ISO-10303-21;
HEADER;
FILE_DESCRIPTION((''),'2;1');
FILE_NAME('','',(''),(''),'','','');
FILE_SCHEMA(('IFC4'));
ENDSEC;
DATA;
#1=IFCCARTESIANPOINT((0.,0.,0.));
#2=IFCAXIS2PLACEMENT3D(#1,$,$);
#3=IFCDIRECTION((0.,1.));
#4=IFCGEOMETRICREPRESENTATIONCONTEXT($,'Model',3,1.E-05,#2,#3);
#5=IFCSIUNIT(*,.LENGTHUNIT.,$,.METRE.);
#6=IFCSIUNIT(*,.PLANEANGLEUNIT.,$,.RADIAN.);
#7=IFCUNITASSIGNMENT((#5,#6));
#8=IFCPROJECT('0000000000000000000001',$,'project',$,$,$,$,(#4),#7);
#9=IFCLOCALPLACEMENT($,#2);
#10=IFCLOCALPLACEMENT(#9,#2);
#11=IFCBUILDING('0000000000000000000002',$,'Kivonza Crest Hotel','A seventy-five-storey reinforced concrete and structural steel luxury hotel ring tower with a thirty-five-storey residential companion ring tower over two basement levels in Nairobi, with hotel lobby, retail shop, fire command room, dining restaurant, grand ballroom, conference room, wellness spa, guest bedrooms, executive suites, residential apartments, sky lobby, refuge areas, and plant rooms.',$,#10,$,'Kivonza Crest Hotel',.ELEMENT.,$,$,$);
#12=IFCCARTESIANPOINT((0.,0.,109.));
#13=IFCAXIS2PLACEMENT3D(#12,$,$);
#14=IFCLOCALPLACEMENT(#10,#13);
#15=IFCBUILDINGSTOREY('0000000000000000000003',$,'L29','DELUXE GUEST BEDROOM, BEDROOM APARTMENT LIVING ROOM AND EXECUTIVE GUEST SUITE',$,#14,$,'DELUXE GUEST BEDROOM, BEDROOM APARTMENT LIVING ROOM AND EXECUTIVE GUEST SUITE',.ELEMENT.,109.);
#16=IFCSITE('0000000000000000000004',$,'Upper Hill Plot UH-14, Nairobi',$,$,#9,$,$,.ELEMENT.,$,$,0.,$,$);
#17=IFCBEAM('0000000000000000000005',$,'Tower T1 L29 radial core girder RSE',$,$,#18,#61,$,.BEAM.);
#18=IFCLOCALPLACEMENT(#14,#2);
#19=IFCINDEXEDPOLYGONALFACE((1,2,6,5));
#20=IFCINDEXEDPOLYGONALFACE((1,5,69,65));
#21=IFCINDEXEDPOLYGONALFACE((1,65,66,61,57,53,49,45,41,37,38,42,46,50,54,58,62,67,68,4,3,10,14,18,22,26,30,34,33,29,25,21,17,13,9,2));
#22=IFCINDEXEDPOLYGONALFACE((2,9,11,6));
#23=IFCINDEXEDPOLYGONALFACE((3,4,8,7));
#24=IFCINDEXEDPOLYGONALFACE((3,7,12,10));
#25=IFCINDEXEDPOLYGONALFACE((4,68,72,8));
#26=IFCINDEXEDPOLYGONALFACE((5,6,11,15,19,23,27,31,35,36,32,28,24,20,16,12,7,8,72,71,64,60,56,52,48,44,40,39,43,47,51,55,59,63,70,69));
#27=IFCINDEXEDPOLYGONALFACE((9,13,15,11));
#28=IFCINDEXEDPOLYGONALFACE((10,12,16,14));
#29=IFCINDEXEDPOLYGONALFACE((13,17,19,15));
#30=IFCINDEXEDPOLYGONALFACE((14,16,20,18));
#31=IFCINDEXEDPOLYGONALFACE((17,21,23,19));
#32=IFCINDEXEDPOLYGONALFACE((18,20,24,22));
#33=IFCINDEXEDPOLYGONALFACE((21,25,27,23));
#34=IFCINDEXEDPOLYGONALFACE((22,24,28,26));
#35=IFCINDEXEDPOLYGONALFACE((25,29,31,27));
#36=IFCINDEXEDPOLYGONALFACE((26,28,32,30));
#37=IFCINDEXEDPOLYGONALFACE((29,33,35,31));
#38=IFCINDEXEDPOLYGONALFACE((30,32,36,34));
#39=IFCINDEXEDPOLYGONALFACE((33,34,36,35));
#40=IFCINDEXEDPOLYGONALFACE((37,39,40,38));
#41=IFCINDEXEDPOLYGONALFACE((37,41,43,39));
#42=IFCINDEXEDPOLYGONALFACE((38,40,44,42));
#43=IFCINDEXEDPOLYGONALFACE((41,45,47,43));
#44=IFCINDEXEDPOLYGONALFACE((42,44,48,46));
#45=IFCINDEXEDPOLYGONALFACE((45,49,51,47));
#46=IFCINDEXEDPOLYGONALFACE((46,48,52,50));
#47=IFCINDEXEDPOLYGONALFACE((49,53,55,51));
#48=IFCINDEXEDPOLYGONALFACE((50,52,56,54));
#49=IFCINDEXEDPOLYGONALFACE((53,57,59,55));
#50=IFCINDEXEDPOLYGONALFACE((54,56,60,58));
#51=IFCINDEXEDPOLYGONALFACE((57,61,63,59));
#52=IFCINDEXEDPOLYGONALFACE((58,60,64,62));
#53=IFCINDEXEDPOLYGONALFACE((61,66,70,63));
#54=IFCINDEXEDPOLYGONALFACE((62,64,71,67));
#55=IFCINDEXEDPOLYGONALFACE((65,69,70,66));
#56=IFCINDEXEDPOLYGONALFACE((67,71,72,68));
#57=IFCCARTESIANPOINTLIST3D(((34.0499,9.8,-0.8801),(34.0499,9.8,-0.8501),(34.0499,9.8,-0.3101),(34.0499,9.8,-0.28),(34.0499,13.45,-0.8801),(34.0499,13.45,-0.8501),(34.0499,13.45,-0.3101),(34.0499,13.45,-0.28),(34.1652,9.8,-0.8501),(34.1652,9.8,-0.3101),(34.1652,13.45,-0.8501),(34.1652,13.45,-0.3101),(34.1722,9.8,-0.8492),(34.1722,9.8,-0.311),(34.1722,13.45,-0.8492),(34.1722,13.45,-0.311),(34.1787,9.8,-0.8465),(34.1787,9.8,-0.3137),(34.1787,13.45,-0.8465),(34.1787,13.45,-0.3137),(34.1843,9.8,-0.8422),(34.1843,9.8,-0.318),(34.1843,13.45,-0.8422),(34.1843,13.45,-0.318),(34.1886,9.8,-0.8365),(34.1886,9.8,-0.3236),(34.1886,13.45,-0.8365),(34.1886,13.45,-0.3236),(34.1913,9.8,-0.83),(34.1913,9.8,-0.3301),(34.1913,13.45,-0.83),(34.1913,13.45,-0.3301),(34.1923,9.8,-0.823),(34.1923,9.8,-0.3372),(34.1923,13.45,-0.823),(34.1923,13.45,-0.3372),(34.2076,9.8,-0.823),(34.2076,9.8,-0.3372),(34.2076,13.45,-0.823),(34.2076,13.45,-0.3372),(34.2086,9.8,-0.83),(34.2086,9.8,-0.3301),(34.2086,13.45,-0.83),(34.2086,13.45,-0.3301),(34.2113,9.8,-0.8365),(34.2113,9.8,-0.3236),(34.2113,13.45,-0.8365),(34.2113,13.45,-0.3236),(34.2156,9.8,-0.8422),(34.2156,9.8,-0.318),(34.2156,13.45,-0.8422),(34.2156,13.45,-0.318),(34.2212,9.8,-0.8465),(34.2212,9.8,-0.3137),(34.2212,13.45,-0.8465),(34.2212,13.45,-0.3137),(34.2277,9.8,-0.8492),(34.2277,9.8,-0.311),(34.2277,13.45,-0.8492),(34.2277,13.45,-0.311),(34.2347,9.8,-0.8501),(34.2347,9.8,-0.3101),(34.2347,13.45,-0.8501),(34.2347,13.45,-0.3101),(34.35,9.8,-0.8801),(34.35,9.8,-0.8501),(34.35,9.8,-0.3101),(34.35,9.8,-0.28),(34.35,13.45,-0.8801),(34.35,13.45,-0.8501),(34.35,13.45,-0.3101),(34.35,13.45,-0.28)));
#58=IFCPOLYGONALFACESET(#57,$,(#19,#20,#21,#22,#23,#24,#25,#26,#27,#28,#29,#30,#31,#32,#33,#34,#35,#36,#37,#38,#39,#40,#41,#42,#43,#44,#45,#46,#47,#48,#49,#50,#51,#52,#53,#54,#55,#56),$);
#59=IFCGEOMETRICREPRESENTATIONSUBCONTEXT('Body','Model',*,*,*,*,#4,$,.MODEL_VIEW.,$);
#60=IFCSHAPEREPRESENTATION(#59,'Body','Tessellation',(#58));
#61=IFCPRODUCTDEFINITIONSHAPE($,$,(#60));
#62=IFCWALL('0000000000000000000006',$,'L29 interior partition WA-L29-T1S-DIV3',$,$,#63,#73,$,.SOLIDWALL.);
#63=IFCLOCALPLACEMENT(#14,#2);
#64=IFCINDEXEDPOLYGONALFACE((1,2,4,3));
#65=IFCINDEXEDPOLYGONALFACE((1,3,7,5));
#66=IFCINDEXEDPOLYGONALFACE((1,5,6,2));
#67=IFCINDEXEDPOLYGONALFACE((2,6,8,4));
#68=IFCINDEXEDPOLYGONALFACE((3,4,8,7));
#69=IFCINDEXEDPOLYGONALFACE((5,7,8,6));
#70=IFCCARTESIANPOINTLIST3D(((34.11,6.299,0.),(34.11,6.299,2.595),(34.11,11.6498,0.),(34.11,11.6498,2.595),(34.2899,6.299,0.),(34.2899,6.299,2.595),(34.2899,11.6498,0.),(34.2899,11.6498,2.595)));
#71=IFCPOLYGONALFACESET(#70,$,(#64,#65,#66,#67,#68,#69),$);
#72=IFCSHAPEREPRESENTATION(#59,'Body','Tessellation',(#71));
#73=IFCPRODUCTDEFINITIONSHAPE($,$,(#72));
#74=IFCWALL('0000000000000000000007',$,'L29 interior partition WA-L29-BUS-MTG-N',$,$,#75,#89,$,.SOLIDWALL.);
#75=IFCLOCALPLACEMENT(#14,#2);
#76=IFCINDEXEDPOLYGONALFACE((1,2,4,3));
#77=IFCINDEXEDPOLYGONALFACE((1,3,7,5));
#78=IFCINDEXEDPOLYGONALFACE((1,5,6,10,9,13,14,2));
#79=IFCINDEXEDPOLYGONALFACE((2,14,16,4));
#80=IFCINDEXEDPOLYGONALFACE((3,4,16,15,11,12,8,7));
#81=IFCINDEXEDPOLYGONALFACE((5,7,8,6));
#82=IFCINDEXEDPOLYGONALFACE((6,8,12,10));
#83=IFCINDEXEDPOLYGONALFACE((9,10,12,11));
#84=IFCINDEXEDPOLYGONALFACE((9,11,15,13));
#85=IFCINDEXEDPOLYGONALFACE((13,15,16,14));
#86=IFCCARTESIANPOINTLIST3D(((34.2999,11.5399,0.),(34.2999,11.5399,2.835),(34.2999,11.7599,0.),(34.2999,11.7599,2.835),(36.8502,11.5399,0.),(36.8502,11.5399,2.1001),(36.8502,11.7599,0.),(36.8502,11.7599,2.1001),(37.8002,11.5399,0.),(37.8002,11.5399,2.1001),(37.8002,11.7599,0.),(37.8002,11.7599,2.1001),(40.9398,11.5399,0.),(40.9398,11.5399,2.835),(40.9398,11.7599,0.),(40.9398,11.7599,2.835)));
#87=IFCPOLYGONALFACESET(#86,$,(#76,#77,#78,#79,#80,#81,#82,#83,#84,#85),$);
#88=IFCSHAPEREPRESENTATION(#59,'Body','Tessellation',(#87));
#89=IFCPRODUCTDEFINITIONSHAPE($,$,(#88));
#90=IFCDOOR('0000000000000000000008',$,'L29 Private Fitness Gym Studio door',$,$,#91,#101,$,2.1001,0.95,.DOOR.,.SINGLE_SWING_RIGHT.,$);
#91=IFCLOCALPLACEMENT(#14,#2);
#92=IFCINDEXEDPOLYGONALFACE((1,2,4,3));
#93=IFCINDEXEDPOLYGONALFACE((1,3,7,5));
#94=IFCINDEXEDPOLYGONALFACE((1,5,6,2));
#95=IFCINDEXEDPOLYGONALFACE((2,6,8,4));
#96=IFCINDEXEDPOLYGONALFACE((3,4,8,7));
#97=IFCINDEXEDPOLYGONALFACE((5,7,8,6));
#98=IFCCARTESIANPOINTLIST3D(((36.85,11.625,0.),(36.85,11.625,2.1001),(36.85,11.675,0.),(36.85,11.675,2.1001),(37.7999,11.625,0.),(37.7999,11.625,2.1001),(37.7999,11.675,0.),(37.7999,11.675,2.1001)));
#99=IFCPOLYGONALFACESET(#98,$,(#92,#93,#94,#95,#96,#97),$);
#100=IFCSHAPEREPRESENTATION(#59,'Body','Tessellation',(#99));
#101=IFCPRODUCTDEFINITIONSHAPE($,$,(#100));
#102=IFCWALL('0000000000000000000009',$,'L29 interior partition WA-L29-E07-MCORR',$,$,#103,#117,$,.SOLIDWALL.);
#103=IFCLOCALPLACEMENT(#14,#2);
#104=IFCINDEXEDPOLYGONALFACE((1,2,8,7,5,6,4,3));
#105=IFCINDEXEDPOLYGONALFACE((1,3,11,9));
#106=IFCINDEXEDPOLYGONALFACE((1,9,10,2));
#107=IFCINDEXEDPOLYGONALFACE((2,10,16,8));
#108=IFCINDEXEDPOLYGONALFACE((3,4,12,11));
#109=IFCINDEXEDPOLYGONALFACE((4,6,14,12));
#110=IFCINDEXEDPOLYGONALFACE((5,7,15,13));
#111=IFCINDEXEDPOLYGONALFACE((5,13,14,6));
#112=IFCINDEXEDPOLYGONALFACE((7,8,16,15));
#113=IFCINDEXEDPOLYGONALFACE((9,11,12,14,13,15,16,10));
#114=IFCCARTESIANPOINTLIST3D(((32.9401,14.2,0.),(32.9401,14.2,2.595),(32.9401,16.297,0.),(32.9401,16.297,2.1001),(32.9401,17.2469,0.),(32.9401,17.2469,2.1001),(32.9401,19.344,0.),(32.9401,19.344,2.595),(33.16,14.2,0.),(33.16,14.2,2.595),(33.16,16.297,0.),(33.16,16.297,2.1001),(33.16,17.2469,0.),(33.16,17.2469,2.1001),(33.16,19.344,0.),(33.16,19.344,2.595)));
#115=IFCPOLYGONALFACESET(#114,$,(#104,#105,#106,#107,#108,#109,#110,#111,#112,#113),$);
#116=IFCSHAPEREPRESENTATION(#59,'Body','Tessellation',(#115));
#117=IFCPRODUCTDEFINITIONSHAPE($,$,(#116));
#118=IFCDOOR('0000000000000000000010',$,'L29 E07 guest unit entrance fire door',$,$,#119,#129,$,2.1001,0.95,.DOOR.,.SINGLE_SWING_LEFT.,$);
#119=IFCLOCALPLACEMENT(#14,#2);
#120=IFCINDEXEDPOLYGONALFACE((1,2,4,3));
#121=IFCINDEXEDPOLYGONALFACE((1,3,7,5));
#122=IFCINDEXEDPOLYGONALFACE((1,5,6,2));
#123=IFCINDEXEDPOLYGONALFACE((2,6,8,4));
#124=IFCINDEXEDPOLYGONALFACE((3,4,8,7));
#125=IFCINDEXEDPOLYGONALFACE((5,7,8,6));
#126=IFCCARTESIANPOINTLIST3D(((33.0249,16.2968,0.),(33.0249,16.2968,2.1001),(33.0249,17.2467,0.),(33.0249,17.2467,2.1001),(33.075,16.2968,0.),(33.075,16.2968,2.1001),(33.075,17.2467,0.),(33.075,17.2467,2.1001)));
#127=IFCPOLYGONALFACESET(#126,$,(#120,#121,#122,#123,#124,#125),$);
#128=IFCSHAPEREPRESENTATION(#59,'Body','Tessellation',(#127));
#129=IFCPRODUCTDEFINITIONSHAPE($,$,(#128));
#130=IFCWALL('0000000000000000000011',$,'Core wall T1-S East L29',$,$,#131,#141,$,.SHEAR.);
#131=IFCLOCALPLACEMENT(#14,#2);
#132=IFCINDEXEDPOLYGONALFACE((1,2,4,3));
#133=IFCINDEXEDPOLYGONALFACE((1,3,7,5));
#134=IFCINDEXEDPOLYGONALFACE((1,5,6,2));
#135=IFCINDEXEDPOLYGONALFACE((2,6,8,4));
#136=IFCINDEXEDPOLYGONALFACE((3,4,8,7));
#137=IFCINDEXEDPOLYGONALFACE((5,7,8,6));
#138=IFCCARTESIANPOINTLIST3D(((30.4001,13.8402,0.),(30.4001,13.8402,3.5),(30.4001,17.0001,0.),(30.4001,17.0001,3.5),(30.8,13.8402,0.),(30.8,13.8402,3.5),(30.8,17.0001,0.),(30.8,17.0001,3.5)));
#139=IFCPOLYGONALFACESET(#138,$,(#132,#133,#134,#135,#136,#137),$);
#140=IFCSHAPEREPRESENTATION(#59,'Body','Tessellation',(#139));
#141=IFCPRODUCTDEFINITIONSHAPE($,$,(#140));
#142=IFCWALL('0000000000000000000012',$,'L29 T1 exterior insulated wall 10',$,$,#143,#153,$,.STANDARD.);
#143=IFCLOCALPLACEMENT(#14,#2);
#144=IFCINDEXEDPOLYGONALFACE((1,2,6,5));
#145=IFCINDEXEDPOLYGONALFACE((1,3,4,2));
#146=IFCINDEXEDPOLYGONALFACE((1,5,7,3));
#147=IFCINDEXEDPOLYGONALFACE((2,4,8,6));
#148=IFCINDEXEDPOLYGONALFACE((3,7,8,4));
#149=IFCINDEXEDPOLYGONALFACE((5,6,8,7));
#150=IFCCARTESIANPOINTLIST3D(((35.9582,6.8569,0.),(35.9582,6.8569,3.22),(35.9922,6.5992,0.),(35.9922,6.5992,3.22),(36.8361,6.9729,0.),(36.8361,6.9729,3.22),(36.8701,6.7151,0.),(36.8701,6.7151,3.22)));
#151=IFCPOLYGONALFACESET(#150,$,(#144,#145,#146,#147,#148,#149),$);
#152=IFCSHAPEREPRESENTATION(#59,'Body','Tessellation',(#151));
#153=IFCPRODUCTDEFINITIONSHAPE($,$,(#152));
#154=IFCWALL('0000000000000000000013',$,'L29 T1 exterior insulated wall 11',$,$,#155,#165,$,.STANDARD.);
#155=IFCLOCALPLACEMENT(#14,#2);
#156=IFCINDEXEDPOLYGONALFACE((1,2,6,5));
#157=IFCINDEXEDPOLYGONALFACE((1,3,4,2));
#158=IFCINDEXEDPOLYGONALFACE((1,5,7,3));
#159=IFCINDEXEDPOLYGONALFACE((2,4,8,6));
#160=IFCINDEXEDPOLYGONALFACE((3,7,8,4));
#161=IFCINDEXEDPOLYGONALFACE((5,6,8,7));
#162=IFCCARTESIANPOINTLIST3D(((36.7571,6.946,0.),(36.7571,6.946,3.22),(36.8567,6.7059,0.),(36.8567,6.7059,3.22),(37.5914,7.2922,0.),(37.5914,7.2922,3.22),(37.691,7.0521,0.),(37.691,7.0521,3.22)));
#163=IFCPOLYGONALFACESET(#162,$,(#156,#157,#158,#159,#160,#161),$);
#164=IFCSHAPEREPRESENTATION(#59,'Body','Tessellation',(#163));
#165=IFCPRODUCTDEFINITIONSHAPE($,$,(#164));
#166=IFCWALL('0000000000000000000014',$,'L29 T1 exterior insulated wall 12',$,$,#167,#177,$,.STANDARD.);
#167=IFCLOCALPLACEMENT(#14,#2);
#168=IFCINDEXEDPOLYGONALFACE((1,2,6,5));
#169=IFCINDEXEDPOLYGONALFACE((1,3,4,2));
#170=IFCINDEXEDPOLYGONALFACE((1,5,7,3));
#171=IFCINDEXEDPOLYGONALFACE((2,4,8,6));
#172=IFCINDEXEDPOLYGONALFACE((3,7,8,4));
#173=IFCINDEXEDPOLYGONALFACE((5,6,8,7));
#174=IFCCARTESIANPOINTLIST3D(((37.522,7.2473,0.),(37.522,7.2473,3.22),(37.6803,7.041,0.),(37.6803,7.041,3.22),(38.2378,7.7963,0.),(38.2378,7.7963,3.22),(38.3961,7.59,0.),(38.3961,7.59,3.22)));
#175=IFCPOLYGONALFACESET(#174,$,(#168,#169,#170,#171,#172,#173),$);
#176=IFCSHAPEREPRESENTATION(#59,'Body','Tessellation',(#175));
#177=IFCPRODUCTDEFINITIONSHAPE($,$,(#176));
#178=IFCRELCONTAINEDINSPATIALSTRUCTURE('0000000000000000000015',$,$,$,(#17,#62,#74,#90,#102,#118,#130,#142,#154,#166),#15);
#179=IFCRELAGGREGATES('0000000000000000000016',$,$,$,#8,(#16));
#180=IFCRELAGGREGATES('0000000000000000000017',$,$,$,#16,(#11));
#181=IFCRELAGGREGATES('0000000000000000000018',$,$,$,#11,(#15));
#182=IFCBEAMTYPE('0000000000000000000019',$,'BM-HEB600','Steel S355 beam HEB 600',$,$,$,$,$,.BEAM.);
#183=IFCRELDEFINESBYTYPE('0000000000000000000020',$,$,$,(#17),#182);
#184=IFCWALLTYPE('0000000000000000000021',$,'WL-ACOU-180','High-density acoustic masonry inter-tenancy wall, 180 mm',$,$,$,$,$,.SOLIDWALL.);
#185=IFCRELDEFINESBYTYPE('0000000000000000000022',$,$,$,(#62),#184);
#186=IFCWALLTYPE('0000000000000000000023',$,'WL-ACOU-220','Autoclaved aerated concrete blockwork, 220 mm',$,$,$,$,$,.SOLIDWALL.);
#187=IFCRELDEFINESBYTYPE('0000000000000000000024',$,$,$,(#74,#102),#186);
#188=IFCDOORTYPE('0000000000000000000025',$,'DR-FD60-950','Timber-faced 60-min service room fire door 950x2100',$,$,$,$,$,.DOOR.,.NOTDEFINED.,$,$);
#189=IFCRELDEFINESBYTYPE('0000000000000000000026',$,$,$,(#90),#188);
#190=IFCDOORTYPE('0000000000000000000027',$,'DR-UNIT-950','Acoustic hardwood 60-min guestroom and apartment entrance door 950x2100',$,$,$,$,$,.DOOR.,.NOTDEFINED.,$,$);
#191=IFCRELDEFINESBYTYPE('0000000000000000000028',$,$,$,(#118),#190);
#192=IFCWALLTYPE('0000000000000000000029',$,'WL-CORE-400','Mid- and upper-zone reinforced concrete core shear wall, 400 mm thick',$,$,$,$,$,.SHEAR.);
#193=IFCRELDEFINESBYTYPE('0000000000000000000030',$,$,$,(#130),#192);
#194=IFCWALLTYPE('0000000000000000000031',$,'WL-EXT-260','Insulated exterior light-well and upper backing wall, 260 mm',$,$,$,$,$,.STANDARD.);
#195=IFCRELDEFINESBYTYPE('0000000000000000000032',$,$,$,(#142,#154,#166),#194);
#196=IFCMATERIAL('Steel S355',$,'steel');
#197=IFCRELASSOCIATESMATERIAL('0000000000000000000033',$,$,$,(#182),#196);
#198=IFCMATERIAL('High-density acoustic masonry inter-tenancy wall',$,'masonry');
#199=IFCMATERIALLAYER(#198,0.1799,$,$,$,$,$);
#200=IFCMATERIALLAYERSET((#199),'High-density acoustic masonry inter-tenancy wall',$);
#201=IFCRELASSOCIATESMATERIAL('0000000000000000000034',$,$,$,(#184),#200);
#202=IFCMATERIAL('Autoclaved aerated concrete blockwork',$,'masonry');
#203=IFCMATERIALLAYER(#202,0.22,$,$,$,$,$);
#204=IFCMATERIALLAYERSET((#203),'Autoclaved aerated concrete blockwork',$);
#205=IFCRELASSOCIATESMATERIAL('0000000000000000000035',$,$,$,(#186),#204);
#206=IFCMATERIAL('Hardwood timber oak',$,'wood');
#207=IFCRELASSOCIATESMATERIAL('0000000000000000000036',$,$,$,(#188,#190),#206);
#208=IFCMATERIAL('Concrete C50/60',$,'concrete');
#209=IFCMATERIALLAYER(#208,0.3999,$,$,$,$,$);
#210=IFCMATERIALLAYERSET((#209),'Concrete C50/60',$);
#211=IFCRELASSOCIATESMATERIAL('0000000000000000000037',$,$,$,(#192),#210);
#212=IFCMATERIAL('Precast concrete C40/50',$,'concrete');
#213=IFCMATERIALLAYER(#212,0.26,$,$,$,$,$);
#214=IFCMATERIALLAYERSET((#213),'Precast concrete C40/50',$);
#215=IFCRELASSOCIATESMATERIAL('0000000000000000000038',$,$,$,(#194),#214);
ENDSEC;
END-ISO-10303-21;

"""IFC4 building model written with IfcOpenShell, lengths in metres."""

from ifc_helpers import new_model, si_unit, direction, frame, frame_2d, origin, origin_2d, place, context, subcontext, project, spatial, rectangle, i_section, extrude, material, layer, layer_set, material_profile, profile_set, type_object, element, fill, save


model = new_model("IFC4")

# Units and contexts
model_context = context("Model", 3, precision=1e-05, world=origin(), true_north=direction((0.0, 1.0)))
body_context = subcontext(model_context, "Body", "Model", "MODEL_VIEW")
ifc_project = project(units=[si_unit("LENGTHUNIT", "METRE"), si_unit("PLANEANGLEUNIT", "RADIAN")], contexts=[model_context])

# Site, building, storey
site_placement = place(None, origin())
site = spatial("IfcSite", under=ifc_project, at=site_placement, Name="Upper Hill Plot UH-14, Nairobi", CompositionType="ELEMENT", RefElevation=0.0)
building_placement = place(site_placement, origin())
building = spatial("IfcBuilding", under=site, at=building_placement, Name="Kivonza Crest Hotel", Description="A seventy-five-storey reinforced concrete and structural steel luxury hotel ring tower with a thirty-five-storey residential companion ring tower over two basement levels in Nairobi, with hotel lobby, retail shop, fire command room, dining restaurant, grand ballroom, conference room, wellness spa, guest bedrooms, executive suites, residential apartments, sky lobby, refuge areas, and plant rooms.", LongName="Kivonza Crest Hotel", CompositionType="ELEMENT")
storey_placement = place(building_placement, frame((0.0, 0.0, 109.0)))
storey = spatial("IfcBuildingStorey", under=building, at=storey_placement, Name="L29", Description="DELUXE GUEST BEDROOM, BEDROOM APARTMENT LIVING ROOM AND EXECUTIVE GUEST SUITE", LongName="DELUXE GUEST BEDROOM, BEDROOM APARTMENT LIVING ROOM AND EXECUTIVE GUEST SUITE", CompositionType="ELEMENT", Elevation=109.0)

# Beam
ifc_material_1 = material(Name="Steel S355", Category="steel")
ifc_material_profile_1 = material_profile(ifc_material_1, i_section(OverallWidth=0.3, OverallDepth=0.6001, WebThickness=0.0154, FlangeThickness=0.03, FilletRadius=0.0271, at=origin_2d()), Name="HEB 600")
ifc_profile_set_1 = profile_set([ifc_material_profile_1], Name="Steel S355")
beam_type_1 = type_object("IfcBeamType", Name="BM-HEB600", Description="Steel S355 beam HEB 600", PredefinedType="BEAM", material=ifc_profile_set_1)
beam_1_placement = place(storey_placement, frame((34.2, 9.8, -0.5801), z_axis=(0.0, 1.0, 0.0), x_axis=(-1.0, 0.0, 0.0)))
element("IfcBeam", 1, at=beam_1_placement, inside=storey, type_object=beam_type_1, Name="Tower T1 L29 radial core girder RSE", PredefinedType="BEAM", context=body_context, shape_type="SweptSolid", body=[
    extrude(i_section(OverallWidth=0.3, OverallDepth=0.6001, WebThickness=0.0154, FlangeThickness=0.03, FilletRadius=0.0271, at=origin_2d()), origin(), (0.0, 0.0, 1.0), 3.6499),
])

# Wall
ifc_material_2 = material(Name="High-density acoustic masonry inter-tenancy wall", Category="masonry")
ifc_layer_1 = layer(ifc_material_2, 0.1799)
ifc_layer_set_1 = layer_set([ifc_layer_1], Name="High-density acoustic masonry inter-tenancy wall")
wall_type_1 = type_object("IfcWallType", Name="WL-ACOU-180", Description="High-density acoustic masonry inter-tenancy wall, 180 mm", PredefinedType="SOLIDWALL", material=ifc_layer_set_1)
wall_1_placement = place(storey_placement, frame((34.2, 6.2991, 0.0), z_axis=(0.0, 0.0, 1.0), x_axis=(0.0, 1.0, 0.0)))
element("IfcWall", 2, at=wall_1_placement, inside=storey, type_object=wall_type_1, Name="L29 interior partition WA-L29-T1S-DIV3", PredefinedType="SOLIDWALL", context=body_context, shape_type="SweptSolid", body=[
    extrude(rectangle(XDim=5.3508, YDim=0.1799, at=frame_2d((2.6753, 0.0))), origin(), (0.0, 0.0, 1.0), 2.595),
])

# Walls, openings, doors
ifc_material_3 = material(Name="Autoclaved aerated concrete blockwork", Category="masonry")
ifc_layer_2 = layer(ifc_material_3, 0.22)
ifc_layer_set_2 = layer_set([ifc_layer_2], Name="Autoclaved aerated concrete blockwork")
wall_type_2 = type_object("IfcWallType", Name="WL-ACOU-220", Description="Autoclaved aerated concrete blockwork, 220 mm", PredefinedType="SOLIDWALL", material=ifc_layer_set_2)
wall_2_placement = place(storey_placement, frame((34.3, 11.6499, 0.0), z_axis=(0.0, 0.0, 1.0), x_axis=(1.0, 0.0, 0.0)))
wall_2 = element("IfcWall", 3, at=wall_2_placement, inside=storey, type_object=wall_type_2, Name="L29 interior partition WA-L29-BUS-MTG-N", PredefinedType="SOLIDWALL", context=body_context, shape_type="SweptSolid", body=[
    extrude(rectangle(XDim=6.6399, YDim=0.22, at=frame_2d((3.3198, 0.0))), origin(), (0.0, 0.0, 1.0), 2.835),
])
opening_1_placement = place(wall_2_placement, frame((2.55, 0.0, 0.0)))
opening_1 = element("IfcOpeningElement", 4, at=opening_1_placement, cuts=wall_2, PredefinedType="OPENING", context=body_context, shape_type="SweptSolid", body=[
    extrude(rectangle(XDim=0.95, YDim=2.1001, at=frame_2d((0.4751, 1.05))), frame((0.0, 0.1201, 0.0), z_axis=(0.0, -1.0, 0.0), x_axis=(1.0, 0.0, 0.0)), (0.0, 0.0, 1.0), 0.24),
])
ifc_material_4 = material(Name="Hardwood timber oak", Category="wood")
door_type_1 = type_object("IfcDoorType", Name="DR-FD60-950", Description="Timber-faced 60-min service room fire door 950x2100", OperationType="NOTDEFINED", PredefinedType="DOOR", material=ifc_material_4)
door_1_placement = place(opening_1_placement, frame((0.95, 0.0, 0.0), z_axis=(0.0, 0.0, 1.0), x_axis=(-1.0, 0.0, 0.0)))
door_1 = element("IfcDoor", 5, at=door_1_placement, inside=storey, type_object=door_type_1, Name="L29 Private Fitness Gym Studio door", OperationType="SINGLE_SWING_RIGHT", OverallHeight=2.1001, OverallWidth=0.95, PredefinedType="DOOR", context=body_context, shape_type="SweptSolid", body=[
    extrude(rectangle(XDim=0.95, YDim=2.1001, at=frame_2d((0.4751, 1.05))), frame((0.0, 0.0249, 0.0), z_axis=(0.0, -1.0, 0.0), x_axis=(1.0, 0.0, 0.0)), (0.0, 0.0, 1.0), 0.05),
])
fill(opening_1, door_1)
wall_3_placement = place(storey_placement, frame((33.05, 14.2, 0.0), z_axis=(0.0, 0.0, 1.0), x_axis=(0.0, 1.0, 0.0)))
wall_3 = element("IfcWall", 6, at=wall_3_placement, inside=storey, type_object=wall_type_2, Name="L29 interior partition WA-L29-E07-MCORR", PredefinedType="SOLIDWALL", context=body_context, shape_type="SweptSolid", body=[
    extrude(rectangle(XDim=5.144, YDim=0.22, at=frame_2d((2.572, 0.0))), origin(), (0.0, 0.0, 1.0), 2.595),
])
opening_2_placement = place(wall_3_placement, frame((2.0969, 0.0, 0.0)))
opening_2 = element("IfcOpeningElement", 7, at=opening_2_placement, cuts=wall_3, PredefinedType="OPENING", context=body_context, shape_type="SweptSolid", body=[
    extrude(rectangle(XDim=0.95, YDim=2.1001, at=frame_2d((0.4751, 1.05))), frame((0.0, 0.1201, 0.0), z_axis=(0.0, -1.0, 0.0), x_axis=(1.0, 0.0, 0.0)), (0.0, 0.0, 1.0), 0.24),
])
door_type_2 = type_object("IfcDoorType", Name="DR-UNIT-950", Description="Acoustic hardwood 60-min guestroom and apartment entrance door 950x2100", OperationType="NOTDEFINED", PredefinedType="DOOR", material=ifc_material_4)
door_2_placement = place(opening_2_placement, frame((0.95, 0.0, 0.0), z_axis=(0.0, 0.0, 1.0), x_axis=(-1.0, 0.0, 0.0)))
door_2 = element("IfcDoor", 8, at=door_2_placement, inside=storey, type_object=door_type_2, Name="L29 E07 guest unit entrance fire door", OperationType="SINGLE_SWING_LEFT", OverallHeight=2.1001, OverallWidth=0.95, PredefinedType="DOOR", context=body_context, shape_type="SweptSolid", body=[
    extrude(rectangle(XDim=0.95, YDim=2.1001, at=frame_2d((0.4751, 1.05))), frame((0.0, 0.0249, 0.0), z_axis=(0.0, -1.0, 0.0), x_axis=(1.0, 0.0, 0.0)), (0.0, 0.0, 1.0), 0.05),
])
fill(opening_2, door_2)

# Walls
ifc_material_5 = material(Name="Concrete C50/60", Category="concrete")
ifc_layer_3 = layer(ifc_material_5, 0.3999)
ifc_layer_set_3 = layer_set([ifc_layer_3], Name="Concrete C50/60")
wall_type_3 = type_object("IfcWallType", Name="WL-CORE-400", Description="Mid- and upper-zone reinforced concrete core shear wall, 400 mm thick", PredefinedType="SHEAR", material=ifc_layer_set_3)
wall_4_placement = place(storey_placement, frame((30.6001, 13.8401, 0.0), z_axis=(0.0, 0.0, 1.0), x_axis=(0.0, 1.0, 0.0)))
element("IfcWall", 9, at=wall_4_placement, inside=storey, type_object=wall_type_3, Name="Core wall T1-S East L29", PredefinedType="SHEAR", context=body_context, shape_type="SweptSolid", body=[
    extrude(rectangle(XDim=3.1599, YDim=0.3999, at=frame_2d((1.5801, 0.0))), origin(), (0.0, 0.0, 1.0), 3.5),
])
ifc_material_6 = material(Name="Precast concrete C40/50", Category="concrete")
ifc_layer_4 = layer(ifc_material_6, 0.26)
ifc_layer_set_4 = layer_set([ifc_layer_4], Name="Precast concrete C40/50")
wall_type_4 = type_object("IfcWallType", Name="WL-EXT-260", Description="Insulated exterior light-well and upper backing wall, 260 mm", PredefinedType="STANDARD", material=ifc_layer_set_4)
wall_5_placement = place(storey_placement, frame((35.9751, 6.728, 0.0), z_axis=(0.0, 0.0, 1.0), x_axis=(0.991388, 0.130954, 0.0)))
element("IfcWall", 10, at=wall_5_placement, inside=storey, type_object=wall_type_4, Name="L29 T1 exterior insulated wall 10", PredefinedType="STANDARD", context=body_context, shape_type="SweptSolid", body=[
    extrude(rectangle(XDim=0.8855, YDim=0.26, at=frame_2d((0.4429, 0.0))), origin(), (0.0, 0.0, 1.0), 3.22),
])
wall_6_placement = place(storey_placement, frame((36.8069, 6.8259, 0.0), z_axis=(0.0, 0.0, 1.0), x_axis=(0.923628, 0.383291, 0.0)))
element("IfcWall", 11, at=wall_6_placement, inside=storey, type_object=wall_type_4, Name="L29 T1 exterior insulated wall 11", PredefinedType="STANDARD", context=body_context, shape_type="SweptSolid", body=[
    extrude(rectangle(XDim=0.9033, YDim=0.26, at=frame_2d((0.4517, 0.0))), origin(), (0.0, 0.0, 1.0), 3.22),
])
wall_7_placement = place(storey_placement, frame((37.6011, 7.144, 0.0), z_axis=(0.0, 0.0, 1.0), x_axis=(0.793458, 0.608625, 0.0)))
element("IfcWall", 12, at=wall_7_placement, inside=storey, type_object=wall_type_4, Name="L29 T1 exterior insulated wall 12", PredefinedType="STANDARD", context=body_context, shape_type="SweptSolid", body=[
    extrude(rectangle(XDim=0.9021, YDim=0.26, at=frame_2d((0.4512, 0.0))), origin(), (0.0, 0.0, 1.0), 3.22),
])

save(model, "model.ifc")
